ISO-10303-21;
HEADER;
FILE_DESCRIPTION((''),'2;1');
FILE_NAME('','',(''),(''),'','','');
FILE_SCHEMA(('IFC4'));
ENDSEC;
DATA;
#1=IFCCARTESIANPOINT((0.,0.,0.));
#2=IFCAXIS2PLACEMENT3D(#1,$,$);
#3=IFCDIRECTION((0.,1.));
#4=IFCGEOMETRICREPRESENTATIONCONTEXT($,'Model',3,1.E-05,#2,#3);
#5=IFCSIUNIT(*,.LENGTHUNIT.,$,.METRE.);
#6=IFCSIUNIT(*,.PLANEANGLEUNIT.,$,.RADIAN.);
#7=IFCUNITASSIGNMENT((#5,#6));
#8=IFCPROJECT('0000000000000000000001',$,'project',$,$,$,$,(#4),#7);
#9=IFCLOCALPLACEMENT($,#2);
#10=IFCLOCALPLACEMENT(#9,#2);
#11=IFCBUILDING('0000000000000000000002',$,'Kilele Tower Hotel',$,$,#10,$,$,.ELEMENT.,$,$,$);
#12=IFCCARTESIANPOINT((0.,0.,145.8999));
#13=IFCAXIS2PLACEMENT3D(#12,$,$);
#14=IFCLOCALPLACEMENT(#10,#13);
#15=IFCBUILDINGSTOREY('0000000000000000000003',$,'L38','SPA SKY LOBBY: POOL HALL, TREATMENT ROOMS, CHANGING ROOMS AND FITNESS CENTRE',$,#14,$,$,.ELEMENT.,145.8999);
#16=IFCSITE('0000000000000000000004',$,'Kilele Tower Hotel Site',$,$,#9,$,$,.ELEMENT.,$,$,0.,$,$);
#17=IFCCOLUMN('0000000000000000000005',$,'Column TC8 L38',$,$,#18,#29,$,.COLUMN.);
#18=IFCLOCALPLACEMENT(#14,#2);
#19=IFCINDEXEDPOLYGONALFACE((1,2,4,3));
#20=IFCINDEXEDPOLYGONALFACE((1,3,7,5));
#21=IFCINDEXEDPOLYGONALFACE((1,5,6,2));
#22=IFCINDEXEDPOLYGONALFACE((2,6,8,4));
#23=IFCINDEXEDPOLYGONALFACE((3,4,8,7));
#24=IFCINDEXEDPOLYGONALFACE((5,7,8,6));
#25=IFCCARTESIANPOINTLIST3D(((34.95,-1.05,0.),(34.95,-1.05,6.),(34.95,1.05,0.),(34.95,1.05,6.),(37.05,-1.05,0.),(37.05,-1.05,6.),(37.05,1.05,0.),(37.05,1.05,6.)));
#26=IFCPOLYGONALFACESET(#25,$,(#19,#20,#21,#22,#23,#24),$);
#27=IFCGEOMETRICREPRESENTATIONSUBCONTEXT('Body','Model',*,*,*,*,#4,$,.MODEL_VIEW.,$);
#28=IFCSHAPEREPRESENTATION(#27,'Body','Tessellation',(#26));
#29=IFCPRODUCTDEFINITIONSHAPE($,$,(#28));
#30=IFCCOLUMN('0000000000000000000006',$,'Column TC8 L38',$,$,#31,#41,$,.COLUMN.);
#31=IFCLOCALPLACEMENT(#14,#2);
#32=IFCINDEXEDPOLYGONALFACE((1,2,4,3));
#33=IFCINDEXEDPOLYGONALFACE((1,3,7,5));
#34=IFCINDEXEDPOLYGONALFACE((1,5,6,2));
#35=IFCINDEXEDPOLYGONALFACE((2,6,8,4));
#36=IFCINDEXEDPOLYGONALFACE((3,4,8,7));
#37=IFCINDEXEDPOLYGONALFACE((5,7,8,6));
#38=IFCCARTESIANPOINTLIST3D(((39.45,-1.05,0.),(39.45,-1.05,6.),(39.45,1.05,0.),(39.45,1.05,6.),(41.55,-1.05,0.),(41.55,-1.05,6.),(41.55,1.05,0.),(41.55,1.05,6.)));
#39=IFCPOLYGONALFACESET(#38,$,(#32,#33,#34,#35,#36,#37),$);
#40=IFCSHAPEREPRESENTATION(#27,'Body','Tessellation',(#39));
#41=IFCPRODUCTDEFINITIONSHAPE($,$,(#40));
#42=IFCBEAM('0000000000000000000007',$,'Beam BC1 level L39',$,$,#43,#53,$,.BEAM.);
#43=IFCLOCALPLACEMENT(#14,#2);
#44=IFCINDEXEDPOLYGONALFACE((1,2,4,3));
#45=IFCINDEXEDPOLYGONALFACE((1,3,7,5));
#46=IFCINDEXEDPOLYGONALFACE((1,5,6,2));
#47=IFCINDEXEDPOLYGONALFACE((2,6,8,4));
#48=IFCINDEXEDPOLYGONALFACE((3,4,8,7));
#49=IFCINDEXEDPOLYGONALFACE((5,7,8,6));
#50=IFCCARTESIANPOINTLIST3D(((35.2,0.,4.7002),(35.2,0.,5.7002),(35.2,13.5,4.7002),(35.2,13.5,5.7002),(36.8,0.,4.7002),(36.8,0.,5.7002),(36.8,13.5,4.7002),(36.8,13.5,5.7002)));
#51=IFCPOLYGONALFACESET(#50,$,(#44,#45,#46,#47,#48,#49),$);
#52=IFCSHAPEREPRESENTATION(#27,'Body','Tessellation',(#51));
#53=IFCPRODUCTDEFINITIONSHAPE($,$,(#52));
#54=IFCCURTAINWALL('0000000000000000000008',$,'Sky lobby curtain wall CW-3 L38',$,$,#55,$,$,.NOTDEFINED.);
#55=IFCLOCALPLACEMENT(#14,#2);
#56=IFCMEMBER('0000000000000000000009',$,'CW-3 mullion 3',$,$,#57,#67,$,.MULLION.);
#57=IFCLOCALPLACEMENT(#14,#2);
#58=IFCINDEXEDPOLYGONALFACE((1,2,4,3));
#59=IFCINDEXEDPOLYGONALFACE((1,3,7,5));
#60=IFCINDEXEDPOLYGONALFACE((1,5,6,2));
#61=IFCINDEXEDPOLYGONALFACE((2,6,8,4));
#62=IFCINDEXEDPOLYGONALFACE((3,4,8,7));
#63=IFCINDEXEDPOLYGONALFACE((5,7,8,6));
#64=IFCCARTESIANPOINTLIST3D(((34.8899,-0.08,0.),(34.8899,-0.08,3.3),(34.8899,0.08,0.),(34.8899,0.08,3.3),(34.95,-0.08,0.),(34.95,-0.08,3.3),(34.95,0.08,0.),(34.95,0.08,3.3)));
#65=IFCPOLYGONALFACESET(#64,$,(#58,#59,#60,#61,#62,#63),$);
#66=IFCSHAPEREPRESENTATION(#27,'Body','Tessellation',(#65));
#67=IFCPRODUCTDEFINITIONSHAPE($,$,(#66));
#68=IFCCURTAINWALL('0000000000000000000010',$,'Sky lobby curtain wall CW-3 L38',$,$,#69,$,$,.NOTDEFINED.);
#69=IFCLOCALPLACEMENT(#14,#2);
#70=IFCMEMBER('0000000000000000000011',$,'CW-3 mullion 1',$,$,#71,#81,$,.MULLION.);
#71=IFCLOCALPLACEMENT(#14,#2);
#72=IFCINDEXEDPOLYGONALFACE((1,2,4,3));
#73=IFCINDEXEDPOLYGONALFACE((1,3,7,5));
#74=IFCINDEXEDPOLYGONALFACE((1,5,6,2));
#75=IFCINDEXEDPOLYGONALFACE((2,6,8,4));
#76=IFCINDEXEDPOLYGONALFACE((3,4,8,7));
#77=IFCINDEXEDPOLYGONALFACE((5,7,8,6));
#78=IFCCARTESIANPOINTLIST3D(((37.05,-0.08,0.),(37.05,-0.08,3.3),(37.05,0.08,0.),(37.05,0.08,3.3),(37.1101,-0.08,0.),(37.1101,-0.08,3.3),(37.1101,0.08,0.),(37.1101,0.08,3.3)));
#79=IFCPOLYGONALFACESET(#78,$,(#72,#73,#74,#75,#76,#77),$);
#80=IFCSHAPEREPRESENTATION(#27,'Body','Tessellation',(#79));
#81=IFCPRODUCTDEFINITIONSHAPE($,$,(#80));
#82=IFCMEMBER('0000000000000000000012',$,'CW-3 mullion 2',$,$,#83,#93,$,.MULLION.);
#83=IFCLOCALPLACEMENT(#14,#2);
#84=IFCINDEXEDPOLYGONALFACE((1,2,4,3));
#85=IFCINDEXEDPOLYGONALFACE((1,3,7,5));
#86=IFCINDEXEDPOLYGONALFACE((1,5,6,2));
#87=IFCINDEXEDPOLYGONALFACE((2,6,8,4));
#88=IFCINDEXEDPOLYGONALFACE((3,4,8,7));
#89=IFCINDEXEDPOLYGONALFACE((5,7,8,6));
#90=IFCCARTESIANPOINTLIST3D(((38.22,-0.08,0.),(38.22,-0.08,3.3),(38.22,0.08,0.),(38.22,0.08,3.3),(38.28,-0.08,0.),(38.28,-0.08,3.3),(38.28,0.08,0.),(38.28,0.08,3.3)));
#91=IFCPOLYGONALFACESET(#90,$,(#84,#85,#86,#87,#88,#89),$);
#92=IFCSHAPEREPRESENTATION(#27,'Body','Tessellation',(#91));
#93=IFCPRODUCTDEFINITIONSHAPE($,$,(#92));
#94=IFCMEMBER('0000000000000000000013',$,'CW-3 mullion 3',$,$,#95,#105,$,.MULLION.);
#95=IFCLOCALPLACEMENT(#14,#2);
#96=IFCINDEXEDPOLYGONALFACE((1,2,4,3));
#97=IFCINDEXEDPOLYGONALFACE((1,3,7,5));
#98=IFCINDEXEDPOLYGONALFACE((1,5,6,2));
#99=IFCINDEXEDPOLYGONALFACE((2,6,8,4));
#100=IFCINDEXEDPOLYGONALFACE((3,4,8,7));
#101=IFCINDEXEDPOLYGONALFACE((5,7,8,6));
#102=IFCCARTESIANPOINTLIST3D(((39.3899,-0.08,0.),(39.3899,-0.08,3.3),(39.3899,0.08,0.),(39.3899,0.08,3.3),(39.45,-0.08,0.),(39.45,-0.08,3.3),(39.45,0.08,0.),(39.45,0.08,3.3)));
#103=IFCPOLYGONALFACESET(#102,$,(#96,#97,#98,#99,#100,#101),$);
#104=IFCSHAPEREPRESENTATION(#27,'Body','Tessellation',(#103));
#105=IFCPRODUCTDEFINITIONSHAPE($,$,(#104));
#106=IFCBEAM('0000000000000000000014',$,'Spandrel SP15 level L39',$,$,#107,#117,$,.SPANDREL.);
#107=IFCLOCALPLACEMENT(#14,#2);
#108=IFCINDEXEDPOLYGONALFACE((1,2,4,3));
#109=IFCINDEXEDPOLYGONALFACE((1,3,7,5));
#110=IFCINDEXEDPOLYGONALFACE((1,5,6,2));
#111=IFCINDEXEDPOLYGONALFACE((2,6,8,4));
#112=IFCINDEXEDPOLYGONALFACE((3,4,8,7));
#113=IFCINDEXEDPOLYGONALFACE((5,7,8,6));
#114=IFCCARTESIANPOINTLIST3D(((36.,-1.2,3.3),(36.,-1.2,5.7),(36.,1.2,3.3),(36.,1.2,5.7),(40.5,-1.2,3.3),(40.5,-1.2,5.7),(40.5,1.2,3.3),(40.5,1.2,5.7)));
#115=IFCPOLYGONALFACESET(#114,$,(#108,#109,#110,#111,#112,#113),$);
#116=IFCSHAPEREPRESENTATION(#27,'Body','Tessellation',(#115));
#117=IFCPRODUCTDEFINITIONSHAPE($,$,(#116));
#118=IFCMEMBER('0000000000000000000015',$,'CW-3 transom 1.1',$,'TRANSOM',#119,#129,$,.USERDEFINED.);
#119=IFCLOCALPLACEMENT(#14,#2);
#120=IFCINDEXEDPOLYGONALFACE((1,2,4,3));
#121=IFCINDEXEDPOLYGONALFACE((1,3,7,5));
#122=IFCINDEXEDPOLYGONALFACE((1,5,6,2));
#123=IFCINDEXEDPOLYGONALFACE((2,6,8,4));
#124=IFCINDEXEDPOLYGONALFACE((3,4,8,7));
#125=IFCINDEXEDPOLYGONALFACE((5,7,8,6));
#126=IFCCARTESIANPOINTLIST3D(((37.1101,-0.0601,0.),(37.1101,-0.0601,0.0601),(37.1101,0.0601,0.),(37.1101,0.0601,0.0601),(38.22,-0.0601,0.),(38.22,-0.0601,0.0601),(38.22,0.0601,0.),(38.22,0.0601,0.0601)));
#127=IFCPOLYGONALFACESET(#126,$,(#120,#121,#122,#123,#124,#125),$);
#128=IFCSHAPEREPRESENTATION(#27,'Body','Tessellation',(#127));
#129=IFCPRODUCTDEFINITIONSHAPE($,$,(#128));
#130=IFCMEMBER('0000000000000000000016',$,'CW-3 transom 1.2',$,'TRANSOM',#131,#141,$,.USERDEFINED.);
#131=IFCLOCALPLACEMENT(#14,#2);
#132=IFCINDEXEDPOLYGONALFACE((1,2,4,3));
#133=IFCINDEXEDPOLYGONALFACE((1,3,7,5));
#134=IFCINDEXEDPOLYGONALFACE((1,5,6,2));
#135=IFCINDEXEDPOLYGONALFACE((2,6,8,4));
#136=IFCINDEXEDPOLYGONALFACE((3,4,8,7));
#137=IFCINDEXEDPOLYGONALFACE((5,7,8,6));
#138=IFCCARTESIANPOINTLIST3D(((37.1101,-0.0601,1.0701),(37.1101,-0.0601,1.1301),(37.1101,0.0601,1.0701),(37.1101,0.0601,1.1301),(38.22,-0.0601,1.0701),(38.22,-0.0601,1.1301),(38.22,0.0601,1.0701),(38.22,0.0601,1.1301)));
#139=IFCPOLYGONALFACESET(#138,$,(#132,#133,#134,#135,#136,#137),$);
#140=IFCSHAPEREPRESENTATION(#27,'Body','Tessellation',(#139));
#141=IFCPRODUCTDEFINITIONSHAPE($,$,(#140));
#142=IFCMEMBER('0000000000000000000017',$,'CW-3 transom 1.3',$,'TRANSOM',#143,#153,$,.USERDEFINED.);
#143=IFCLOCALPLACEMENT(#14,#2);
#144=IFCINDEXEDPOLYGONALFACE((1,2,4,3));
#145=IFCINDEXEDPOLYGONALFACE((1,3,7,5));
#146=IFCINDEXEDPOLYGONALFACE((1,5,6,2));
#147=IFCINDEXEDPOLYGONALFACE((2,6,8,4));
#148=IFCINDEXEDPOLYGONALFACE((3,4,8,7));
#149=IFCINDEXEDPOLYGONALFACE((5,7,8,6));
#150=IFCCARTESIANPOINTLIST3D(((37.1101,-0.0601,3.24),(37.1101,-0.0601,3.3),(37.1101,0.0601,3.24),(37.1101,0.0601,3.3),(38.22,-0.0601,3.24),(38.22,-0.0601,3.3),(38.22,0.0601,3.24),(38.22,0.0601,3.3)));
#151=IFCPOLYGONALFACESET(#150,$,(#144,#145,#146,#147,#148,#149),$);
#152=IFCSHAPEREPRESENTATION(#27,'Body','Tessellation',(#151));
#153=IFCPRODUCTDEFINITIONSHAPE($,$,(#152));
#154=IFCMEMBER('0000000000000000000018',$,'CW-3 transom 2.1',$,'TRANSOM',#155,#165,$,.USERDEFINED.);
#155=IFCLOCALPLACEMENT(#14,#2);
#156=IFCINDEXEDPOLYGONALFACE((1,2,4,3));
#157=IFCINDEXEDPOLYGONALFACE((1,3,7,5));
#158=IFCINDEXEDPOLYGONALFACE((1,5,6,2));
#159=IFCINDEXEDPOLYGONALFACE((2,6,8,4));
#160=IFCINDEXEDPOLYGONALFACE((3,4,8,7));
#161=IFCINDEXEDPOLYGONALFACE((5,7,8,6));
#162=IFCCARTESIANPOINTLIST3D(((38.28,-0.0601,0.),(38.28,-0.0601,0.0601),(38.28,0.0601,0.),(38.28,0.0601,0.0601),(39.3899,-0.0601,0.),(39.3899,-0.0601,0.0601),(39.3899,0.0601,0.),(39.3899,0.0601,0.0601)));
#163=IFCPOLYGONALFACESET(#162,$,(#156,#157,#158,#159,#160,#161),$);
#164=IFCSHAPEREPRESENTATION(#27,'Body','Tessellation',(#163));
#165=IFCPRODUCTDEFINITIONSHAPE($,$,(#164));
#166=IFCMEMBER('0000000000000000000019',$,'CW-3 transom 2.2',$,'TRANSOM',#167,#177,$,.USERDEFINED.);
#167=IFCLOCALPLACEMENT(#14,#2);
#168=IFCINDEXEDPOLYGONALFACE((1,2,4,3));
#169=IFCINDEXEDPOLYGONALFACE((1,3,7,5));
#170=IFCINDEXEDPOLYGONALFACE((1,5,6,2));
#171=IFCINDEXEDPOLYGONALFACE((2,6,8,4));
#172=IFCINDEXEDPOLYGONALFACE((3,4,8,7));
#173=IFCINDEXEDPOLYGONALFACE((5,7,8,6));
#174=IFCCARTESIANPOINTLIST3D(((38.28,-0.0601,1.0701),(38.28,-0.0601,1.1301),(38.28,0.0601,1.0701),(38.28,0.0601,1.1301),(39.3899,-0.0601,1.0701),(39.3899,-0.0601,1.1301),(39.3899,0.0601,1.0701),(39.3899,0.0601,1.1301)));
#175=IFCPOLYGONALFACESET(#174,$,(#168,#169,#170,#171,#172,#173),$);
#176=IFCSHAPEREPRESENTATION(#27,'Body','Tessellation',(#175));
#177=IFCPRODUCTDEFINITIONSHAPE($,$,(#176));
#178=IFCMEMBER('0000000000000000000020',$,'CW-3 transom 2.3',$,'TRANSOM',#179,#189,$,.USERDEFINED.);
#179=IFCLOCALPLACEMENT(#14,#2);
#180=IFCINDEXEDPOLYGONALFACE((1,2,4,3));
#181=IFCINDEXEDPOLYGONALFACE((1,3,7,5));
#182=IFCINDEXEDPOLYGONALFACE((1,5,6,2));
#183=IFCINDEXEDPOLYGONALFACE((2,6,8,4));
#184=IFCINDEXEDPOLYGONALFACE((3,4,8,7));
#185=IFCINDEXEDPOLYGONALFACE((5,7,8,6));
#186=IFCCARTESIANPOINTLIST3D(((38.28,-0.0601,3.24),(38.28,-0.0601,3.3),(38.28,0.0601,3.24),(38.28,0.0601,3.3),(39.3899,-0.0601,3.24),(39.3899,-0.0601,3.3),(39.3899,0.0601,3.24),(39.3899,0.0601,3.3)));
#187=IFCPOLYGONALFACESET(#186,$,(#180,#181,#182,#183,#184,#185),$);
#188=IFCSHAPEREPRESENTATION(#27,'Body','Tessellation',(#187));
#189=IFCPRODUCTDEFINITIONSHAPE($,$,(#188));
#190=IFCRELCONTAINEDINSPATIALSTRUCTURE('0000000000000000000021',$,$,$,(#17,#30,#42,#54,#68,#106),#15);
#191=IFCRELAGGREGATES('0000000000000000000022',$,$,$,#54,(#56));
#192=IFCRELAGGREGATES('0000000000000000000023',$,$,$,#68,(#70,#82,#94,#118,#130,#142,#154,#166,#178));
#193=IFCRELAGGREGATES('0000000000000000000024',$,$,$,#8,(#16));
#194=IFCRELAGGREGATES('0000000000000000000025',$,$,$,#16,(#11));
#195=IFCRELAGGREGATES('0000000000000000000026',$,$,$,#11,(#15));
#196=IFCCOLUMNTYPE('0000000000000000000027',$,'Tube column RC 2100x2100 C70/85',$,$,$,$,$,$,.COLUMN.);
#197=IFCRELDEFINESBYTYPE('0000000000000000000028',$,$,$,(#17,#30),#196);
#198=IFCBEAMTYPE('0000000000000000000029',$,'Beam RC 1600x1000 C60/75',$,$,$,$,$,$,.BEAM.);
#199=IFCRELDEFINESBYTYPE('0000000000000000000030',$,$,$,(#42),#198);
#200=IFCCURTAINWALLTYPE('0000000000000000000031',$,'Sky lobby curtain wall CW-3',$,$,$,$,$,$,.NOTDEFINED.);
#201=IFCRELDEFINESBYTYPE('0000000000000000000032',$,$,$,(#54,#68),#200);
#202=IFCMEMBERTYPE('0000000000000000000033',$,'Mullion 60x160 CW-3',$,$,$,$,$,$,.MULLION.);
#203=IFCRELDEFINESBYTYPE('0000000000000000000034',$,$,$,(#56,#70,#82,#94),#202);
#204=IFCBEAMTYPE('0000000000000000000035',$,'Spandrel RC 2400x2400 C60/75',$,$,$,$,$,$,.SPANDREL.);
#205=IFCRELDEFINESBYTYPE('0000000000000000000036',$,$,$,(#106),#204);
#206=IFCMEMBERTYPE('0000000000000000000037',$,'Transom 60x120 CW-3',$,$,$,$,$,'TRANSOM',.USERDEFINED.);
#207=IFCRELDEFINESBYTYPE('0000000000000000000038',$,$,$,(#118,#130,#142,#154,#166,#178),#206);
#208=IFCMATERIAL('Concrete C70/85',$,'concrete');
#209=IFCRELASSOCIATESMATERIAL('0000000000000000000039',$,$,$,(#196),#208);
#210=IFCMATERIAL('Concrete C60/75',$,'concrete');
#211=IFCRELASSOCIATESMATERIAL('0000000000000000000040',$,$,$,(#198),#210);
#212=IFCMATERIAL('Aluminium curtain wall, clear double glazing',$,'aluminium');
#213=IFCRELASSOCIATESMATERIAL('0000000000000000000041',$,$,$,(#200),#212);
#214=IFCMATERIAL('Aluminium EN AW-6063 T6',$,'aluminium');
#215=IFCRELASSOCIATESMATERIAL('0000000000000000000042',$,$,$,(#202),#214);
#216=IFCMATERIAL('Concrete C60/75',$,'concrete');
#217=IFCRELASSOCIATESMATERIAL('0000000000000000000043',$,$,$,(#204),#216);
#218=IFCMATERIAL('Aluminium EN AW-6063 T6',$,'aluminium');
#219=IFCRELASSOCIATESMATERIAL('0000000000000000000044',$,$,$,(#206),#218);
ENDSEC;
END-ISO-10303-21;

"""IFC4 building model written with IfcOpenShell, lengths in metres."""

from ifc_helpers import new_model, si_unit, direction, frame, origin, origin_2d, place, context, subcontext, project, spatial, rectangle, extrude, material, material_profile, profile_set, type_object, element, aggregate, save


model = new_model("IFC4")

# Units and contexts
model_context = context("Model", 3, precision=1e-05, world=origin(), true_north=direction((0.0, 1.0)))
body_context = subcontext(model_context, "Body", "Model", "MODEL_VIEW")
ifc_project = project(units=[si_unit("LENGTHUNIT", "METRE"), si_unit("PLANEANGLEUNIT", "RADIAN")], contexts=[model_context])

# Site, building, storey
site_placement = place(None, origin())
site = spatial("IfcSite", under=ifc_project, at=site_placement, Name="Kilele Tower Hotel Site", CompositionType="ELEMENT", RefElevation=0.0)
building_placement = place(site_placement, origin())
building = spatial("IfcBuilding", under=site, at=building_placement, Name="Kilele Tower Hotel", CompositionType="ELEMENT")
storey_placement = place(building_placement, frame((0.0, 0.0, 145.8999)))
storey = spatial("IfcBuildingStorey", under=building, at=storey_placement, Name="L38", Description="SPA SKY LOBBY: POOL HALL, TREATMENT ROOMS, CHANGING ROOMS AND FITNESS CENTRE", CompositionType="ELEMENT", Elevation=145.8999)

# Columns
ifc_material_1 = material(Name="Concrete C70/85", Category="concrete")
ifc_material_profile_1 = material_profile(ifc_material_1, rectangle(XDim=2.1001, YDim=2.1001, at=origin_2d()))
ifc_profile_set_1 = profile_set([ifc_material_profile_1], Name="Concrete C70/85")
column_type = type_object("IfcColumnType", Name="Tube column RC 2100x2100 C70/85", PredefinedType="COLUMN", material=ifc_profile_set_1)
for number, where, z_axis, x_axis, name in (
    (1, (36.0, 0.0, 0.0), (0.0, 0.0, 1.0), (1.0, 0.0, 0.0), "Column TC8 L38"),
    (2, (40.5, 0.0, 0.0), (0.0, 0.0, 1.0), (1.0, 0.0, 0.0), "Column TC8 L38"),
):
    element("IfcColumn", number, at=place(storey_placement, frame(where, z_axis=z_axis, x_axis=x_axis)), inside=storey, type_object=column_type, Name=name, PredefinedType="COLUMN", context=body_context, shape_type="SweptSolid", body=[
        extrude(rectangle(XDim=2.1001, YDim=2.1001, at=origin_2d()), origin(), (0.0, 0.0, 1.0), 6.0),
    ])

# Beam
ifc_material_2 = material(Name="Concrete C60/75", Category="concrete")
ifc_material_profile_2 = material_profile(ifc_material_2, rectangle(XDim=1.6001, YDim=1.0, at=origin_2d()))
ifc_profile_set_2 = profile_set([ifc_material_profile_2], Name="Concrete C60/75")
beam_type_1 = type_object("IfcBeamType", Name="Beam RC 1600x1000 C60/75", PredefinedType="BEAM", material=ifc_profile_set_2)
beam_1_placement = place(storey_placement, frame((36.0, 0.0, 5.2002), z_axis=(0.0, 1.0, 0.0), x_axis=(-1.0, 0.0, 0.0)))
element("IfcBeam", 3, at=beam_1_placement, inside=storey, type_object=beam_type_1, Name="Beam BC1 level L39", PredefinedType="BEAM", context=body_context, shape_type="SweptSolid", body=[
    extrude(rectangle(XDim=1.6001, YDim=1.0, at=origin_2d()), origin(), (0.0, 0.0, 1.0), 13.5),
])

# Curtain wall, member
ifc_material_3 = material(Name="Aluminium curtain wall, clear double glazing", Category="aluminium")
curtain_wall_type = type_object("IfcCurtainWallType", Name="Sky lobby curtain wall CW-3", PredefinedType="NOTDEFINED", material=ifc_material_3)
curtain_wall_1_placement = place(storey_placement, origin())
curtain_wall_1 = element("IfcCurtainWall", 4, at=curtain_wall_1_placement, inside=storey, type_object=curtain_wall_type, Name="Sky lobby curtain wall CW-3 L38", PredefinedType="NOTDEFINED")
ifc_material_4 = material(Name="Aluminium EN AW-6063 T6", Category="aluminium")
ifc_material_profile_3 = material_profile(ifc_material_4, rectangle(XDim=0.1599, YDim=0.0601, at=origin_2d()))
ifc_profile_set_3 = profile_set([ifc_material_profile_3], Name="Aluminium EN AW-6063 T6")
member_type_1 = type_object("IfcMemberType", Name="Mullion 60x160 CW-3", PredefinedType="MULLION", material=ifc_profile_set_3)
member_1_placement = place(storey_placement, frame((34.9199, 0.0, 0.0), z_axis=(0.0, 0.0, 1.0), x_axis=(0.0, 1.0, 0.0)))
member_1 = element("IfcMember", 5, at=member_1_placement, type_object=member_type_1, Name="CW-3 mullion 3", PredefinedType="MULLION", context=body_context, shape_type="SweptSolid", body=[
    extrude(rectangle(XDim=0.1599, YDim=0.0601, at=origin_2d()), origin(), (0.0, 0.0, 1.0), 3.3),
])

# Curtain wall, members
curtain_wall_2_placement = place(storey_placement, origin())
curtain_wall_2 = element("IfcCurtainWall", 6, at=curtain_wall_2_placement, inside=storey, type_object=curtain_wall_type, Name="Sky lobby curtain wall CW-3 L38", PredefinedType="NOTDEFINED")
member_2_placement = place(storey_placement, frame((37.0801, 0.0, 0.0), z_axis=(0.0, 0.0, 1.0), x_axis=(0.0, 1.0, 0.0)))
member_2 = element("IfcMember", 7, at=member_2_placement, type_object=member_type_1, Name="CW-3 mullion 1", PredefinedType="MULLION", context=body_context, shape_type="SweptSolid", body=[
    extrude(rectangle(XDim=0.1599, YDim=0.0601, at=origin_2d()), origin(), (0.0, 0.0, 1.0), 3.3),
])
member_3_placement = place(storey_placement, frame((38.25, 0.0, 0.0), z_axis=(0.0, 0.0, 1.0), x_axis=(0.0, 1.0, 0.0)))
member_3 = element("IfcMember", 8, at=member_3_placement, type_object=member_type_1, Name="CW-3 mullion 2", PredefinedType="MULLION", context=body_context, shape_type="SweptSolid", body=[
    extrude(rectangle(XDim=0.1599, YDim=0.0601, at=origin_2d()), origin(), (0.0, 0.0, 1.0), 3.3),
])
member_4_placement = place(storey_placement, frame((39.4199, 0.0, 0.0), z_axis=(0.0, 0.0, 1.0), x_axis=(0.0, 1.0, 0.0)))
member_4 = element("IfcMember", 9, at=member_4_placement, type_object=member_type_1, Name="CW-3 mullion 3", PredefinedType="MULLION", context=body_context, shape_type="SweptSolid", body=[
    extrude(rectangle(XDim=0.1599, YDim=0.0601, at=origin_2d()), origin(), (0.0, 0.0, 1.0), 3.3),
])

# Beam
ifc_material_5 = material(Name="Concrete C60/75", Category="concrete")
ifc_material_profile_4 = material_profile(ifc_material_5, rectangle(XDim=2.3999, YDim=2.3999, at=origin_2d()))
ifc_profile_set_4 = profile_set([ifc_material_profile_4], Name="Concrete C60/75")
beam_type_2 = type_object("IfcBeamType", Name="Spandrel RC 2400x2400 C60/75", PredefinedType="SPANDREL", material=ifc_profile_set_4)
beam_2_placement = place(storey_placement, frame((36.0, 0.0, 4.5), z_axis=(1.0, 0.0, 0.0), x_axis=(0.0, 1.0, 0.0)))
element("IfcBeam", 10, at=beam_2_placement, inside=storey, type_object=beam_type_2, Name="Spandrel SP15 level L39", PredefinedType="SPANDREL", context=body_context, shape_type="SweptSolid", body=[
    extrude(rectangle(XDim=2.3999, YDim=2.3999, at=origin_2d()), origin(), (0.0, 0.0, 1.0), 4.5),
])

# Members
ifc_material_6 = material(Name="Aluminium EN AW-6063 T6", Category="aluminium")
ifc_material_profile_5 = material_profile(ifc_material_6, rectangle(XDim=0.1201, YDim=0.0601, at=origin_2d()))
ifc_profile_set_5 = profile_set([ifc_material_profile_5], Name="Aluminium EN AW-6063 T6")
member_type_2 = type_object("IfcMemberType", Name="Transom 60x120 CW-3", ElementType="TRANSOM", PredefinedType="USERDEFINED", material=ifc_profile_set_5)
member_5_placement = place(storey_placement, frame((37.1101, 0.0, 0.03), z_axis=(1.0, 0.0, 0.0), x_axis=(0.0, 1.0, 0.0)))
member_5 = element("IfcMember", 11, at=member_5_placement, type_object=member_type_2, Name="CW-3 transom 1.1", ObjectType="TRANSOM", PredefinedType="USERDEFINED", context=body_context, shape_type="SweptSolid", body=[
    extrude(rectangle(XDim=0.1201, YDim=0.0601, at=origin_2d()), origin(), (0.0, 0.0, 1.0), 1.1099),
])
member_6_placement = place(storey_placement, frame((37.1101, 0.0, 1.1001), z_axis=(1.0, 0.0, 0.0), x_axis=(0.0, 1.0, 0.0)))
member_6 = element("IfcMember", 12, at=member_6_placement, type_object=member_type_2, Name="CW-3 transom 1.2", ObjectType="TRANSOM", PredefinedType="USERDEFINED", context=body_context, shape_type="SweptSolid", body=[
    extrude(rectangle(XDim=0.1201, YDim=0.0601, at=origin_2d()), origin(), (0.0, 0.0, 1.0), 1.1099),
])
member_7_placement = place(storey_placement, frame((37.1101, 0.0, 3.27), z_axis=(1.0, 0.0, 0.0), x_axis=(0.0, 1.0, 0.0)))
member_7 = element("IfcMember", 13, at=member_7_placement, type_object=member_type_2, Name="CW-3 transom 1.3", ObjectType="TRANSOM", PredefinedType="USERDEFINED", context=body_context, shape_type="SweptSolid", body=[
    extrude(rectangle(XDim=0.1201, YDim=0.0601, at=origin_2d()), origin(), (0.0, 0.0, 1.0), 1.1099),
])
member_8_placement = place(storey_placement, frame((38.28, 0.0, 0.03), z_axis=(1.0, 0.0, 0.0), x_axis=(0.0, 1.0, 0.0)))
member_8 = element("IfcMember", 14, at=member_8_placement, type_object=member_type_2, Name="CW-3 transom 2.1", ObjectType="TRANSOM", PredefinedType="USERDEFINED", context=body_context, shape_type="SweptSolid", body=[
    extrude(rectangle(XDim=0.1201, YDim=0.0601, at=origin_2d()), origin(), (0.0, 0.0, 1.0), 1.1099),
])
member_9_placement = place(storey_placement, frame((38.28, 0.0, 1.1001), z_axis=(1.0, 0.0, 0.0), x_axis=(0.0, 1.0, 0.0)))
member_9 = element("IfcMember", 15, at=member_9_placement, type_object=member_type_2, Name="CW-3 transom 2.2", ObjectType="TRANSOM", PredefinedType="USERDEFINED", context=body_context, shape_type="SweptSolid", body=[
    extrude(rectangle(XDim=0.1201, YDim=0.0601, at=origin_2d()), origin(), (0.0, 0.0, 1.0), 1.1099),
])
member_10_placement = place(storey_placement, frame((38.28, 0.0, 3.27), z_axis=(1.0, 0.0, 0.0), x_axis=(0.0, 1.0, 0.0)))
member_10 = element("IfcMember", 16, at=member_10_placement, type_object=member_type_2, Name="CW-3 transom 2.3", ObjectType="TRANSOM", PredefinedType="USERDEFINED", context=body_context, shape_type="SweptSolid", body=[
    extrude(rectangle(XDim=0.1201, YDim=0.0601, at=origin_2d()), origin(), (0.0, 0.0, 1.0), 1.1099),
])

aggregate(curtain_wall_1, [member_1])
aggregate(curtain_wall_2, [member_2, member_3, member_4, member_5, member_6, member_7, member_8, member_9, member_10])

save(model, "model.ifc")
